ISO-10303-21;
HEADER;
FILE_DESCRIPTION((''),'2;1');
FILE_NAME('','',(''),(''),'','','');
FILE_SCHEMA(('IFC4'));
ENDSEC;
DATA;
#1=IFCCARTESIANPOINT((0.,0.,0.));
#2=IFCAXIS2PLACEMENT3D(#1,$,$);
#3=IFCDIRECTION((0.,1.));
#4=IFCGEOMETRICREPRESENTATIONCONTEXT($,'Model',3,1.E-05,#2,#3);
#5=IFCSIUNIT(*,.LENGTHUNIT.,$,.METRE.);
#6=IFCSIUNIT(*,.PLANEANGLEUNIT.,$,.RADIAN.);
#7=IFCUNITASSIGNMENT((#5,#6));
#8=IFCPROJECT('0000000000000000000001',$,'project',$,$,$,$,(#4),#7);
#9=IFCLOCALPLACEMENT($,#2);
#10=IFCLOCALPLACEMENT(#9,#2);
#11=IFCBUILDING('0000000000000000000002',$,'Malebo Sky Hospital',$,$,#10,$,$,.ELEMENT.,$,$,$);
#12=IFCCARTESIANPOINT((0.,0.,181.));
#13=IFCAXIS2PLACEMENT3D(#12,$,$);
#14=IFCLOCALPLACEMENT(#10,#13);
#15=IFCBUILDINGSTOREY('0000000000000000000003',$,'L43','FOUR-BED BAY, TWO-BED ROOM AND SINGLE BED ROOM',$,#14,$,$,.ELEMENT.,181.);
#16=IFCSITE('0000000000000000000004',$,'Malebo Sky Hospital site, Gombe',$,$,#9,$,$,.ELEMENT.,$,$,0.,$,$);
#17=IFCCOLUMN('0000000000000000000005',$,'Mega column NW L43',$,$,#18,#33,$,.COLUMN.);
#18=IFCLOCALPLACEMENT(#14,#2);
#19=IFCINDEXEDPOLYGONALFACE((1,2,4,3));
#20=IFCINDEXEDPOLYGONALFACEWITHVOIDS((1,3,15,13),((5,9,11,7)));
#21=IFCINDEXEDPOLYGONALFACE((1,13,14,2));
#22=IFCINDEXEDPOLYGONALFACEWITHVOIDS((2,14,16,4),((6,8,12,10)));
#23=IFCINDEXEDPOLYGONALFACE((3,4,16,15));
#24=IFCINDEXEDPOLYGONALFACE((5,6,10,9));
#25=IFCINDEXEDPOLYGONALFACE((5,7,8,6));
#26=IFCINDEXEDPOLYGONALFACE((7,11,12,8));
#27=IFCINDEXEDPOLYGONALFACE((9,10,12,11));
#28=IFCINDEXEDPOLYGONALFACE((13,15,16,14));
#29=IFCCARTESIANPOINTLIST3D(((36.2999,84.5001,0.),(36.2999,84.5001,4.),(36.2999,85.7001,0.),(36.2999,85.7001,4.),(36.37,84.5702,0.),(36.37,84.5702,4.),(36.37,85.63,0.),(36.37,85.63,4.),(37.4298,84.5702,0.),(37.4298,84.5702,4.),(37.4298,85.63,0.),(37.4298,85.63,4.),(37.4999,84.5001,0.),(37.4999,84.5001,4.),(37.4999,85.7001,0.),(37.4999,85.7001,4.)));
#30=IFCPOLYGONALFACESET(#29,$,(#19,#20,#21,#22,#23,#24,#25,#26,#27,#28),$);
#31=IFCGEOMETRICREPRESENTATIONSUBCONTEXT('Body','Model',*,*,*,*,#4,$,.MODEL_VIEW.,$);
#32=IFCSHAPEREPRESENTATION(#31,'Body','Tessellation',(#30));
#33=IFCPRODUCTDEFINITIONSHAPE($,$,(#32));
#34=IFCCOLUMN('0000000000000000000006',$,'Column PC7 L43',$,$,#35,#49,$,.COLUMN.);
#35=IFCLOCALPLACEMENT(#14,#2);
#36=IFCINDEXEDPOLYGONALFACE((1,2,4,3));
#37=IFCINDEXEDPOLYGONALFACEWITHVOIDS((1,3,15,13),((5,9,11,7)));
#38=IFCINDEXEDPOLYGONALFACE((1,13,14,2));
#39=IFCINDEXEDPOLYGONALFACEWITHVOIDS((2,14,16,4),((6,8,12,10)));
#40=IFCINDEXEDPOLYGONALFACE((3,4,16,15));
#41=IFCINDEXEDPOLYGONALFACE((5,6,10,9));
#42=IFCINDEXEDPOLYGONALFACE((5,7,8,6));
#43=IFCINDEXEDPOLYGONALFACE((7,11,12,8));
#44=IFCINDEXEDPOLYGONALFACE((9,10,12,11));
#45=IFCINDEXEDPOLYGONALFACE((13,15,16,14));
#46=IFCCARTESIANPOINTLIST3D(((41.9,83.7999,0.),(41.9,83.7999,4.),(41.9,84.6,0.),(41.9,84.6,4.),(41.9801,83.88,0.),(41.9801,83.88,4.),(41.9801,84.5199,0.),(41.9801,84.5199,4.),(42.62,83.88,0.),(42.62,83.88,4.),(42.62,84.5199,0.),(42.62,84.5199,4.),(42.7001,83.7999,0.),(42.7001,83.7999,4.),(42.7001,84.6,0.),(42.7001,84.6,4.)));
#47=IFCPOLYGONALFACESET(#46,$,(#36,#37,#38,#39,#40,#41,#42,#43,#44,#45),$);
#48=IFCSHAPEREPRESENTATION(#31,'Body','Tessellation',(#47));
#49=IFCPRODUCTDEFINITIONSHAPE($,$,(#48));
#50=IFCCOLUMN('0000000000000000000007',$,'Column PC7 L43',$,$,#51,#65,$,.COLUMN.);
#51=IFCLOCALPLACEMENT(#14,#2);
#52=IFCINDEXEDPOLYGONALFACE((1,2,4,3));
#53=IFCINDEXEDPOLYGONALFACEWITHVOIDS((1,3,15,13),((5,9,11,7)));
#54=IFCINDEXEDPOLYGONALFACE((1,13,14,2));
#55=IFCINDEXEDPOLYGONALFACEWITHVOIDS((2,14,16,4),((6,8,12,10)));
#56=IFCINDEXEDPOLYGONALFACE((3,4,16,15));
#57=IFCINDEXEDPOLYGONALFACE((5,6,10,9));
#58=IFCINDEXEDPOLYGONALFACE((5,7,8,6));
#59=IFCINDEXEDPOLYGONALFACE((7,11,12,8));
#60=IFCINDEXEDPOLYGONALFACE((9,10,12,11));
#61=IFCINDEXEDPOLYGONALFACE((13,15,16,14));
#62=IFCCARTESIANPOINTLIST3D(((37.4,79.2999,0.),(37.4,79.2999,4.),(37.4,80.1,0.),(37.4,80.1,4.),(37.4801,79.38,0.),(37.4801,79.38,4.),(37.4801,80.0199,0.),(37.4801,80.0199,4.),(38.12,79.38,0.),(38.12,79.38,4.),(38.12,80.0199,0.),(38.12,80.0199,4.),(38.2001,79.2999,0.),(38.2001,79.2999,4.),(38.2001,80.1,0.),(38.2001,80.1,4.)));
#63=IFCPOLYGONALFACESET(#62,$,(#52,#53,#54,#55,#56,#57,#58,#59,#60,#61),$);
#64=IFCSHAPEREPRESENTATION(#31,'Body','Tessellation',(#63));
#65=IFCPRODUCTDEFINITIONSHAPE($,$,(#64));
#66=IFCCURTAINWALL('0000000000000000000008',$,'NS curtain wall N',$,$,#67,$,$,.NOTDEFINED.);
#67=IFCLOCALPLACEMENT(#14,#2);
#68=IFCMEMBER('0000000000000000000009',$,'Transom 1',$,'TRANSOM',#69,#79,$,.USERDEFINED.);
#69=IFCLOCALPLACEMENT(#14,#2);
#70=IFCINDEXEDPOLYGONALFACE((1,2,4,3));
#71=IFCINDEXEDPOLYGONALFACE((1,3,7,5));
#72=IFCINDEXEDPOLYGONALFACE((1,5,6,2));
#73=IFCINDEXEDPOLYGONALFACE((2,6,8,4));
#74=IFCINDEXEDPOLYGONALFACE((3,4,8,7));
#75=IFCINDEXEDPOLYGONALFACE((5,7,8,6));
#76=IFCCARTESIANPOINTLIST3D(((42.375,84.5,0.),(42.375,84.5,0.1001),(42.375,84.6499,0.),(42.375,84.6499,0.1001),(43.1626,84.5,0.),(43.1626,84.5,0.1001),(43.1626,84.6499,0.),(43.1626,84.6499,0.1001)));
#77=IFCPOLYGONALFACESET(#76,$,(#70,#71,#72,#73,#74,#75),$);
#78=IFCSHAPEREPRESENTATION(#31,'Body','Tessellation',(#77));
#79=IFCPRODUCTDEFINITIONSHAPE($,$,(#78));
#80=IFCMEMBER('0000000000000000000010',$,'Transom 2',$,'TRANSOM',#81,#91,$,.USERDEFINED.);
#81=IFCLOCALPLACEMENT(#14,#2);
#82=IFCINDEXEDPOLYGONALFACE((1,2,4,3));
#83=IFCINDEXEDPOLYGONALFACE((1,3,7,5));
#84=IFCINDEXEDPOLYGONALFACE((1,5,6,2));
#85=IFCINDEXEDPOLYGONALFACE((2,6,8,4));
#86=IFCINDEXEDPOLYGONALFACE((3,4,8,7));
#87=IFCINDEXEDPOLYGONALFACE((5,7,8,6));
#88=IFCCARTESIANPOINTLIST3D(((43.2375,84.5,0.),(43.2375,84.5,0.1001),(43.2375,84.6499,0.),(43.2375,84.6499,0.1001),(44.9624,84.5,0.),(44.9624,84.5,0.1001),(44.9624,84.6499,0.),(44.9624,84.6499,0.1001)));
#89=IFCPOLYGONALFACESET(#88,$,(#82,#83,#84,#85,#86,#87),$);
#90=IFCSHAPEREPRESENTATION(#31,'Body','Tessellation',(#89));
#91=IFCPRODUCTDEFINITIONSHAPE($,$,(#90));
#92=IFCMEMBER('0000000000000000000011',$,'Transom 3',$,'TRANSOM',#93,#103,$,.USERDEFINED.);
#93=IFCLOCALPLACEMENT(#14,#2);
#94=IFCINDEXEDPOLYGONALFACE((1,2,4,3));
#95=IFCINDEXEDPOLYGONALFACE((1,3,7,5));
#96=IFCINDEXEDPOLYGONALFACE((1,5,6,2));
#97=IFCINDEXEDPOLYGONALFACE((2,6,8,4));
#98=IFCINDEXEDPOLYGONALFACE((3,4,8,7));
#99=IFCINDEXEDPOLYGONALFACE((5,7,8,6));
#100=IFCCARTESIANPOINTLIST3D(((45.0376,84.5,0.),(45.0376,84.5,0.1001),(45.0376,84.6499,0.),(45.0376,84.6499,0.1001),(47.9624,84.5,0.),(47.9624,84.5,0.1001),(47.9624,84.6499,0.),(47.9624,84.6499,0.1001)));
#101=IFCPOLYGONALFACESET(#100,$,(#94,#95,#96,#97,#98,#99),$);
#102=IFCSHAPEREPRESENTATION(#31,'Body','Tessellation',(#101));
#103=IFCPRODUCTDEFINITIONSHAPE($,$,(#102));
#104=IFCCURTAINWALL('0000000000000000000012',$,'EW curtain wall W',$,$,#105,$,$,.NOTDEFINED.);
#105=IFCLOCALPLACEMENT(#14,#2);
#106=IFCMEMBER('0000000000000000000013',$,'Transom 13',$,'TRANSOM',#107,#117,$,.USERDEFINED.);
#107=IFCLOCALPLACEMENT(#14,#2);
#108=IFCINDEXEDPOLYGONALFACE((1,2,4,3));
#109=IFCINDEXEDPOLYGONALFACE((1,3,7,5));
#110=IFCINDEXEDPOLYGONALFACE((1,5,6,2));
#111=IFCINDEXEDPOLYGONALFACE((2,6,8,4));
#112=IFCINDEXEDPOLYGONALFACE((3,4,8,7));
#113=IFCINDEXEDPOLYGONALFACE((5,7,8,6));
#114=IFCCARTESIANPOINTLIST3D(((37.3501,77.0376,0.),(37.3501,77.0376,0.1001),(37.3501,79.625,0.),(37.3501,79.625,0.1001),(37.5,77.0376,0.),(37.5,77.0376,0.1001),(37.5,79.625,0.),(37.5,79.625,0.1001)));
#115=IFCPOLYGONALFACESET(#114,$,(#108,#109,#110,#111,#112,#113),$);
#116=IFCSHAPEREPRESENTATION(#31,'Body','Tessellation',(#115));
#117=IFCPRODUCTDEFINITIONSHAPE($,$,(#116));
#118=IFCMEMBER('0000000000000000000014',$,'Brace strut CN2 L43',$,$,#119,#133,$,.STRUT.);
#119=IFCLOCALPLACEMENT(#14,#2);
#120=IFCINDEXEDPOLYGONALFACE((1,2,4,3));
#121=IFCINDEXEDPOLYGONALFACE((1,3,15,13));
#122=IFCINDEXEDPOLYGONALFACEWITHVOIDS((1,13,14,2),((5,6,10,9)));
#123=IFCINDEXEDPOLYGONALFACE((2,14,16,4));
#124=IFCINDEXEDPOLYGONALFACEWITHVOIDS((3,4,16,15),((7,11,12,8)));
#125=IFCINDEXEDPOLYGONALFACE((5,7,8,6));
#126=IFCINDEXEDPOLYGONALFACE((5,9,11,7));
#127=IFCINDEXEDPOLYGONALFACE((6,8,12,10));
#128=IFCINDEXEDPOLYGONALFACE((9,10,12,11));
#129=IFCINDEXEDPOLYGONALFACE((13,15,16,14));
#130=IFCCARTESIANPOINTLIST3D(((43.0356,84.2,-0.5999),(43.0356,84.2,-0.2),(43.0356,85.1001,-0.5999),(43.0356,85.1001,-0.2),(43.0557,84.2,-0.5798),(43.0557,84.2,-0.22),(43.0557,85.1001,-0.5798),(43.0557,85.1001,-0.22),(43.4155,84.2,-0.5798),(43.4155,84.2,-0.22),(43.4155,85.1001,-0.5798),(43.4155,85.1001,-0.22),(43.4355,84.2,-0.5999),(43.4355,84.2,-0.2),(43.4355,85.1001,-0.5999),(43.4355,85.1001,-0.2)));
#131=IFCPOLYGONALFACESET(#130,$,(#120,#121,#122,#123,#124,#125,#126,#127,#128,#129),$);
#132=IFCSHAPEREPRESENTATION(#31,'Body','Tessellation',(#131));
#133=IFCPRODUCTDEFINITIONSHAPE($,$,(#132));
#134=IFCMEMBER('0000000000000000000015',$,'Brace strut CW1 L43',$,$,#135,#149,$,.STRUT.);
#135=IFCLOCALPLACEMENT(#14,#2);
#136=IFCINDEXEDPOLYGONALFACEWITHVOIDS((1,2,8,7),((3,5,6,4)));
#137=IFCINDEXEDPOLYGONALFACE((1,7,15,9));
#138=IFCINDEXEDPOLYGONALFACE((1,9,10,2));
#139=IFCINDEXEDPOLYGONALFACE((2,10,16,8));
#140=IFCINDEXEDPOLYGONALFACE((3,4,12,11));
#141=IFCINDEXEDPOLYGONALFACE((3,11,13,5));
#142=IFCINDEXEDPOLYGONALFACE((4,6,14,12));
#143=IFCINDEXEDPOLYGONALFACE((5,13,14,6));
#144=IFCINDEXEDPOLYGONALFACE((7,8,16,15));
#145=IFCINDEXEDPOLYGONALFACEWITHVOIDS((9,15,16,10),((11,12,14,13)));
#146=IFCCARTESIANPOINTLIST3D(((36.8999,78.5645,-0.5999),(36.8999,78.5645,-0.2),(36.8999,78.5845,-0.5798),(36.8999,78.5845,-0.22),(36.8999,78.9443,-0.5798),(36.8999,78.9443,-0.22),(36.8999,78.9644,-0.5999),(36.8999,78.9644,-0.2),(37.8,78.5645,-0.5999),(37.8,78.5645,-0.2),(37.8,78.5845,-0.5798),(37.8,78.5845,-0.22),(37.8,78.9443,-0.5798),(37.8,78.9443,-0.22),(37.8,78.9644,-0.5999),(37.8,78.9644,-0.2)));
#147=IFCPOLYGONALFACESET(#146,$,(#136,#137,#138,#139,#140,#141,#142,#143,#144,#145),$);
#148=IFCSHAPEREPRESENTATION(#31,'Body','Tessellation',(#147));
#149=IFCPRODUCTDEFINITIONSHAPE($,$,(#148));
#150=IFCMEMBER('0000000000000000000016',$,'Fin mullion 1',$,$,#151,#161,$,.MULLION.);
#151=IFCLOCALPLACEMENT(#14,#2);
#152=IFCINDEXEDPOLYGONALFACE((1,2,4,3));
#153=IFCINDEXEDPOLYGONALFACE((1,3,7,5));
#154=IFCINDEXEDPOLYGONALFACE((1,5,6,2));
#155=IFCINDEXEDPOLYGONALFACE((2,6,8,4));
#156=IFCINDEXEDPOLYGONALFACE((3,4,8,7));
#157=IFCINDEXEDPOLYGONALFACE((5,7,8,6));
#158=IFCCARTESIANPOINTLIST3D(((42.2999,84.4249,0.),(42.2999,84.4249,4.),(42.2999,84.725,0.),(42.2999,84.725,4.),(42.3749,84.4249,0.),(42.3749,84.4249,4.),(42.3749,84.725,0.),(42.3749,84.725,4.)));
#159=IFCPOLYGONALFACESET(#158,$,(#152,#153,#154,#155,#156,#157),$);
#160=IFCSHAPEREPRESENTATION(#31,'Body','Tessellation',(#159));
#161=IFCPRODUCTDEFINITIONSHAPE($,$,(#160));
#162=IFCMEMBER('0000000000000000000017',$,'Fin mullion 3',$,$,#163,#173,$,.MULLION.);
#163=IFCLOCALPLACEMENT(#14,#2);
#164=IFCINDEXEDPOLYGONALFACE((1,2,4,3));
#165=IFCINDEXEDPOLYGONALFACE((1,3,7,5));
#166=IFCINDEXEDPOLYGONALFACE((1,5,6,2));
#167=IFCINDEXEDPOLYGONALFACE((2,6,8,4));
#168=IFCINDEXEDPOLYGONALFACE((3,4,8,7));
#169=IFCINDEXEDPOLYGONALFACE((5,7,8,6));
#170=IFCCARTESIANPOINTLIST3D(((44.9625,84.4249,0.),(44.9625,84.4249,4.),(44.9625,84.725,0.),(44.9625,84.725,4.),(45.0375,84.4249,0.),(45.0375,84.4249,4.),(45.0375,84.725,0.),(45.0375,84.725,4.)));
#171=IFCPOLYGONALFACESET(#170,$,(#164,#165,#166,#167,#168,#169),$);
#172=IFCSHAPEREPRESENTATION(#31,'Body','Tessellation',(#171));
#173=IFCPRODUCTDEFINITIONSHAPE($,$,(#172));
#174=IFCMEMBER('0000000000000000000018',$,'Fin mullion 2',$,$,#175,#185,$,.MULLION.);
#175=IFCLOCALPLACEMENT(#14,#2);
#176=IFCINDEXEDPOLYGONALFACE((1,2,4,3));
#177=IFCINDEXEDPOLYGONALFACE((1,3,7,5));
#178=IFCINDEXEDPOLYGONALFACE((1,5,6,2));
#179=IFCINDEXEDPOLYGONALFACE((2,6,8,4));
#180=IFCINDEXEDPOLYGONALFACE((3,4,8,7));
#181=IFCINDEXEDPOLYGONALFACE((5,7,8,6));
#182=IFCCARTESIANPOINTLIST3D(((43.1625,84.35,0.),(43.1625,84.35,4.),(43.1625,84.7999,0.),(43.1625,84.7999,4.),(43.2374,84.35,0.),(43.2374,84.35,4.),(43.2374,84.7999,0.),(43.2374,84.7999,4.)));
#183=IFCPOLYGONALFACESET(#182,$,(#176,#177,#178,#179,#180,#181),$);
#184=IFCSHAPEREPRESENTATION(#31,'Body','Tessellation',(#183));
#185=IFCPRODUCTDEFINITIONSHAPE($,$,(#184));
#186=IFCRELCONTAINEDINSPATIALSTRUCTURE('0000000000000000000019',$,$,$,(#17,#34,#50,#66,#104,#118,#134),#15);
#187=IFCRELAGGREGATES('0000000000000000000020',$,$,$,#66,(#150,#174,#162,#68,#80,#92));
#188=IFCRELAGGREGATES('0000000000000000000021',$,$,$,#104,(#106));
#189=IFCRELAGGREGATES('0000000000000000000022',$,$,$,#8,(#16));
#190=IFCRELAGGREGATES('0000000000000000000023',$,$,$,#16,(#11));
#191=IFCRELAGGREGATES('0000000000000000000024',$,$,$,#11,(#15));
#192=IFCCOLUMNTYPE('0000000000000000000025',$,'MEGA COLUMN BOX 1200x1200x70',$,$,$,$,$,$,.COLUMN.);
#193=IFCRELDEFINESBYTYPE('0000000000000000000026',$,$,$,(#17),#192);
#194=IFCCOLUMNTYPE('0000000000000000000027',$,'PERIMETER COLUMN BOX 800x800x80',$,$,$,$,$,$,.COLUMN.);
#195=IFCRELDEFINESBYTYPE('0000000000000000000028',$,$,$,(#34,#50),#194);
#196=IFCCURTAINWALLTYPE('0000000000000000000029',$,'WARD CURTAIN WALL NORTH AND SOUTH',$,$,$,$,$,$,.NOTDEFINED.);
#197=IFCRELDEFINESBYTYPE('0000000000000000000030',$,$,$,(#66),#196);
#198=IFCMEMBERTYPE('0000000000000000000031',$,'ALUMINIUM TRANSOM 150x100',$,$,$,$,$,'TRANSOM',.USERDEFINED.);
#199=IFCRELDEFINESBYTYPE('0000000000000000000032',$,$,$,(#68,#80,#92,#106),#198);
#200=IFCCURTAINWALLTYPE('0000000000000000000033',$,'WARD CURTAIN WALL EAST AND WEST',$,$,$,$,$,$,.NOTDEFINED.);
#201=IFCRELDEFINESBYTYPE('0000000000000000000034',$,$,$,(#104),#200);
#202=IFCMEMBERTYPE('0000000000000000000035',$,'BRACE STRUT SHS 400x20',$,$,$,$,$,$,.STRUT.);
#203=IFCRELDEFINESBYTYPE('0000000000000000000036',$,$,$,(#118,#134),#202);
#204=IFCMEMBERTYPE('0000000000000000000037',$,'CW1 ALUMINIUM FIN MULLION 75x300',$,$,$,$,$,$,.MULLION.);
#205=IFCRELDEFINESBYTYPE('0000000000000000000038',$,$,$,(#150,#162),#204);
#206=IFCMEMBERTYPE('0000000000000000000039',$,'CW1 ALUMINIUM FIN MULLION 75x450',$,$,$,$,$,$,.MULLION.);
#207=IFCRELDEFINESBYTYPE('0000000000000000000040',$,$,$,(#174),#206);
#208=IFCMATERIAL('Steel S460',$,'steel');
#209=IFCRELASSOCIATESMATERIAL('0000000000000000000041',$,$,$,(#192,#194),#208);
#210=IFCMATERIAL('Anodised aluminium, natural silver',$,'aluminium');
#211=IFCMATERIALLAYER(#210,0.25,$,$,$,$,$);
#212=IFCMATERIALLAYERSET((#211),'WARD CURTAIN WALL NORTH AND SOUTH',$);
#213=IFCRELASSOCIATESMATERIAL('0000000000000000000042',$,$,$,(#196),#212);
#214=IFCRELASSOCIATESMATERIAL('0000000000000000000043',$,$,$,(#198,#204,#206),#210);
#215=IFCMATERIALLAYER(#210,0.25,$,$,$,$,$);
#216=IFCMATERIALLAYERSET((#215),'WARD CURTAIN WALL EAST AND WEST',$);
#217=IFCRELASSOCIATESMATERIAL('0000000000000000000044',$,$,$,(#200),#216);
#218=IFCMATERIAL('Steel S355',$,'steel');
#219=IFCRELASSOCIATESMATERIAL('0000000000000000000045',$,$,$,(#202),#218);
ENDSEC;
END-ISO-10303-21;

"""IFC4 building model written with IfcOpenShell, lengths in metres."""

from ifc_helpers import new_model, si_unit, direction, frame, origin, origin_2d, place, context, subcontext, project, spatial, rectangle, hollow_rectangle, extrude, material, layer, layer_set, material_profile, profile_set, type_object, element, aggregate, save


model = new_model("IFC4")

# Units and contexts
model_context = context("Model", 3, precision=1e-05, world=origin(), true_north=direction((0.0, 1.0)))
body_context = subcontext(model_context, "Body", "Model", "MODEL_VIEW")
ifc_project = project(units=[si_unit("LENGTHUNIT", "METRE"), si_unit("PLANEANGLEUNIT", "RADIAN")], contexts=[model_context])

# Site, building, storey
site_placement = place(None, origin())
site = spatial("IfcSite", under=ifc_project, at=site_placement, Name="Malebo Sky Hospital site, Gombe", CompositionType="ELEMENT", RefElevation=0.0)
building_placement = place(site_placement, origin())
building = spatial("IfcBuilding", under=site, at=building_placement, Name="Malebo Sky Hospital", CompositionType="ELEMENT")
storey_placement = place(building_placement, frame((0.0, 0.0, 181.0)))
storey = spatial("IfcBuildingStorey", under=building, at=storey_placement, Name="L43", Description="FOUR-BED BAY, TWO-BED ROOM AND SINGLE BED ROOM", CompositionType="ELEMENT", Elevation=181.0)

# Columns
ifc_material_1 = material(Name="Steel S460", Category="steel")
ifc_material_profile_1 = material_profile(ifc_material_1, hollow_rectangle(XDim=1.2, YDim=1.2, WallThickness=0.0701, at=origin_2d()), Name="BOX 1200x1200x70")
ifc_profile_set_1 = profile_set([ifc_material_profile_1], Name="Steel S460")
column_type_1 = type_object("IfcColumnType", Name="MEGA COLUMN BOX 1200x1200x70", PredefinedType="COLUMN", material=ifc_profile_set_1)
column_placement = place(storey_placement, frame((36.8999, 85.1001, 0.0), z_axis=(0.0, 0.0, 1.0), x_axis=(1.0, 0.0, 0.0)))
element("IfcColumn", 1, at=column_placement, inside=storey, type_object=column_type_1, Name="Mega column NW L43", PredefinedType="COLUMN", context=body_context, shape_type="SweptSolid", body=[
    extrude(hollow_rectangle(XDim=1.2, YDim=1.2, WallThickness=0.0701, at=origin_2d()), origin(), (0.0, 0.0, 1.0), 4.0),
])
ifc_material_profile_2 = material_profile(ifc_material_1, hollow_rectangle(XDim=0.8, YDim=0.8, WallThickness=0.0801, at=origin_2d()), Name="BOX 800x800x80")
ifc_profile_set_2 = profile_set([ifc_material_profile_2], Name="Steel S460")
column_type_2 = type_object("IfcColumnType", Name="PERIMETER COLUMN BOX 800x800x80", PredefinedType="COLUMN", material=ifc_profile_set_2)
for number, where, z_axis, x_axis, name in (
    (2, (42.3, 84.2, 0.0), (0.0, 0.0, 1.0), (1.0, 0.0, 0.0), "Column PC7 L43"),
    (3, (37.8, 79.7, 0.0), (0.0, 0.0, 1.0), (1.0, 0.0, 0.0), "Column PC7 L43"),
):
    element("IfcColumn", number, at=place(storey_placement, frame(where, z_axis=z_axis, x_axis=x_axis)), inside=storey, type_object=column_type_2, Name=name, PredefinedType="COLUMN", context=body_context, shape_type="SweptSolid", body=[
        extrude(hollow_rectangle(XDim=0.8, YDim=0.8, WallThickness=0.0801, at=origin_2d()), origin(), (0.0, 0.0, 1.0), 4.0),
    ])

# Curtain wall, members
ifc_material_2 = material(Name="Anodised aluminium, natural silver", Category="aluminium")
ifc_layer_1 = layer(ifc_material_2, 0.25)
ifc_layer_set_1 = layer_set([ifc_layer_1], Name="WARD CURTAIN WALL NORTH AND SOUTH")
curtain_wall_type_1 = type_object("IfcCurtainWallType", Name="WARD CURTAIN WALL NORTH AND SOUTH", PredefinedType="NOTDEFINED", material=ifc_layer_set_1)
curtain_wall_1_placement = place(storey_placement, origin())
curtain_wall_1 = element("IfcCurtainWall", 4, at=curtain_wall_1_placement, inside=storey, type_object=curtain_wall_type_1, Name="NS curtain wall N", PredefinedType="NOTDEFINED")
ifc_material_profile_3 = material_profile(ifc_material_2, rectangle(XDim=0.1499, YDim=0.1001, at=origin_2d()), Name="ALUMINIUM TRANSOM 150x100")
ifc_profile_set_3 = profile_set([ifc_material_profile_3], Name="Anodised aluminium, natural silver")
member_type_1 = type_object("IfcMemberType", Name="ALUMINIUM TRANSOM 150x100", ElementType="TRANSOM", PredefinedType="USERDEFINED", material=ifc_profile_set_3)
member_1_placement = place(storey_placement, frame((42.375, 84.575, 0.05), z_axis=(1.0, 0.0, 0.0), x_axis=(0.0, 1.0, 0.0)))
member_1 = element("IfcMember", 5, at=member_1_placement, type_object=member_type_1, Name="Transom 1", ObjectType="TRANSOM", PredefinedType="USERDEFINED", context=body_context, shape_type="SweptSolid", body=[
    extrude(rectangle(XDim=0.1499, YDim=0.1001, at=origin_2d()), origin(), (0.0, 0.0, 1.0), 0.7876),
])
member_2_placement = place(storey_placement, frame((43.2375, 84.575, 0.05), z_axis=(1.0, 0.0, 0.0), x_axis=(0.0, 1.0, 0.0)))
member_2 = element("IfcMember", 6, at=member_2_placement, type_object=member_type_1, Name="Transom 2", ObjectType="TRANSOM", PredefinedType="USERDEFINED", context=body_context, shape_type="SweptSolid", body=[
    extrude(rectangle(XDim=0.1499, YDim=0.1001, at=origin_2d()), origin(), (0.0, 0.0, 1.0), 1.7249),
])
member_3_placement = place(storey_placement, frame((45.0376, 84.575, 0.05), z_axis=(1.0, 0.0, 0.0), x_axis=(0.0, 1.0, 0.0)))
member_3 = element("IfcMember", 7, at=member_3_placement, type_object=member_type_1, Name="Transom 3", ObjectType="TRANSOM", PredefinedType="USERDEFINED", context=body_context, shape_type="SweptSolid", body=[
    extrude(rectangle(XDim=0.1499, YDim=0.1001, at=origin_2d()), origin(), (0.0, 0.0, 1.0), 2.9248),
])

# Curtain wall, member
ifc_layer_2 = layer(ifc_material_2, 0.25)
ifc_layer_set_2 = layer_set([ifc_layer_2], Name="WARD CURTAIN WALL EAST AND WEST")
curtain_wall_type_2 = type_object("IfcCurtainWallType", Name="WARD CURTAIN WALL EAST AND WEST", PredefinedType="NOTDEFINED", material=ifc_layer_set_2)
curtain_wall_2_placement = place(storey_placement, origin())
curtain_wall_2 = element("IfcCurtainWall", 8, at=curtain_wall_2_placement, inside=storey, type_object=curtain_wall_type_2, Name="EW curtain wall W", PredefinedType="NOTDEFINED")
member_4_placement = place(storey_placement, frame((37.425, 77.0376, 0.05), z_axis=(0.0, 1.0, 0.0), x_axis=(-1.0, 0.0, 0.0)))
member_4 = element("IfcMember", 9, at=member_4_placement, type_object=member_type_1, Name="Transom 13", ObjectType="TRANSOM", PredefinedType="USERDEFINED", context=body_context, shape_type="SweptSolid", body=[
    extrude(rectangle(XDim=0.1499, YDim=0.1001, at=origin_2d()), origin(), (0.0, 0.0, 1.0), 2.5874),
])

# Members
ifc_material_3 = material(Name="Steel S355", Category="steel")
ifc_material_profile_4 = material_profile(ifc_material_3, hollow_rectangle(XDim=0.3999, YDim=0.3999, WallThickness=0.02, at=origin_2d()), Name="SHS 400x20")
ifc_profile_set_4 = profile_set([ifc_material_profile_4], Name="Steel S355")
member_type_2 = type_object("IfcMemberType", Name="BRACE STRUT SHS 400x20", PredefinedType="STRUT", material=ifc_profile_set_4)
for number, where, z_axis, x_axis, name in (
    (10, (43.2356, 85.1001, -0.3999), (0.0, -1.0, 0.0), (1.0, 0.0, 0.0), "Brace strut CN2 L43"),
    (11, (36.8999, 78.7644, -0.3999), (1.0, 0.0, 0.0), (0.0, 1.0, 0.0), "Brace strut CW1 L43"),
):
    element("IfcMember", number, at=place(storey_placement, frame(where, z_axis=z_axis, x_axis=x_axis)), inside=storey, type_object=member_type_2, Name=name, PredefinedType="STRUT", context=body_context, shape_type="SweptSolid", body=[
        extrude(hollow_rectangle(XDim=0.3999, YDim=0.3999, WallThickness=0.02, at=origin_2d()), origin(), (0.0, 0.0, 1.0), 0.9001),
    ])

# Members
ifc_material_profile_5 = material_profile(ifc_material_2, rectangle(XDim=0.075, YDim=0.3, at=origin_2d()), Name="CW1 ALUMINIUM FIN MULLION 75x300")
ifc_profile_set_5 = profile_set([ifc_material_profile_5], Name="Anodised aluminium, natural silver")
member_type_3 = type_object("IfcMemberType", Name="CW1 ALUMINIUM FIN MULLION 75x300", PredefinedType="MULLION", material=ifc_profile_set_5)
member_5_placement = place(storey_placement, frame((42.3374, 84.575, 0.0), z_axis=(0.0, 0.0, 1.0), x_axis=(1.0, 0.0, 0.0)))
member_5 = element("IfcMember", 12, at=member_5_placement, type_object=member_type_3, Name="Fin mullion 1", PredefinedType="MULLION", context=body_context, shape_type="SweptSolid", body=[
    extrude(rectangle(XDim=0.075, YDim=0.3, at=origin_2d()), origin(), (0.0, 0.0, 1.0), 4.0),
])
member_6_placement = place(storey_placement, frame((45.0, 84.575, 0.0), z_axis=(0.0, 0.0, 1.0), x_axis=(1.0, 0.0, 0.0)))
member_6 = element("IfcMember", 13, at=member_6_placement, type_object=member_type_3, Name="Fin mullion 3", PredefinedType="MULLION", context=body_context, shape_type="SweptSolid", body=[
    extrude(rectangle(XDim=0.075, YDim=0.3, at=origin_2d()), origin(), (0.0, 0.0, 1.0), 4.0),
])
ifc_material_profile_6 = material_profile(ifc_material_2, rectangle(XDim=0.075, YDim=0.45, at=origin_2d()), Name="CW1 ALUMINIUM FIN MULLION 75x450")
ifc_profile_set_6 = profile_set([ifc_material_profile_6], Name="Anodised aluminium, natural silver")
member_type_4 = type_object("IfcMemberType", Name="CW1 ALUMINIUM FIN MULLION 75x450", PredefinedType="MULLION", material=ifc_profile_set_6)
member_7_placement = place(storey_placement, frame((43.2, 84.575, 0.0), z_axis=(0.0, 0.0, 1.0), x_axis=(1.0, 0.0, 0.0)))
member_7 = element("IfcMember", 14, at=member_7_placement, type_object=member_type_4, Name="Fin mullion 2", PredefinedType="MULLION", context=body_context, shape_type="SweptSolid", body=[
    extrude(rectangle(XDim=0.075, YDim=0.45, at=origin_2d()), origin(), (0.0, 0.0, 1.0), 4.0),
])

aggregate(curtain_wall_1, [member_5, member_7, member_6, member_1, member_2, member_3])
aggregate(curtain_wall_2, [member_4])

save(model, "model.ifc")
